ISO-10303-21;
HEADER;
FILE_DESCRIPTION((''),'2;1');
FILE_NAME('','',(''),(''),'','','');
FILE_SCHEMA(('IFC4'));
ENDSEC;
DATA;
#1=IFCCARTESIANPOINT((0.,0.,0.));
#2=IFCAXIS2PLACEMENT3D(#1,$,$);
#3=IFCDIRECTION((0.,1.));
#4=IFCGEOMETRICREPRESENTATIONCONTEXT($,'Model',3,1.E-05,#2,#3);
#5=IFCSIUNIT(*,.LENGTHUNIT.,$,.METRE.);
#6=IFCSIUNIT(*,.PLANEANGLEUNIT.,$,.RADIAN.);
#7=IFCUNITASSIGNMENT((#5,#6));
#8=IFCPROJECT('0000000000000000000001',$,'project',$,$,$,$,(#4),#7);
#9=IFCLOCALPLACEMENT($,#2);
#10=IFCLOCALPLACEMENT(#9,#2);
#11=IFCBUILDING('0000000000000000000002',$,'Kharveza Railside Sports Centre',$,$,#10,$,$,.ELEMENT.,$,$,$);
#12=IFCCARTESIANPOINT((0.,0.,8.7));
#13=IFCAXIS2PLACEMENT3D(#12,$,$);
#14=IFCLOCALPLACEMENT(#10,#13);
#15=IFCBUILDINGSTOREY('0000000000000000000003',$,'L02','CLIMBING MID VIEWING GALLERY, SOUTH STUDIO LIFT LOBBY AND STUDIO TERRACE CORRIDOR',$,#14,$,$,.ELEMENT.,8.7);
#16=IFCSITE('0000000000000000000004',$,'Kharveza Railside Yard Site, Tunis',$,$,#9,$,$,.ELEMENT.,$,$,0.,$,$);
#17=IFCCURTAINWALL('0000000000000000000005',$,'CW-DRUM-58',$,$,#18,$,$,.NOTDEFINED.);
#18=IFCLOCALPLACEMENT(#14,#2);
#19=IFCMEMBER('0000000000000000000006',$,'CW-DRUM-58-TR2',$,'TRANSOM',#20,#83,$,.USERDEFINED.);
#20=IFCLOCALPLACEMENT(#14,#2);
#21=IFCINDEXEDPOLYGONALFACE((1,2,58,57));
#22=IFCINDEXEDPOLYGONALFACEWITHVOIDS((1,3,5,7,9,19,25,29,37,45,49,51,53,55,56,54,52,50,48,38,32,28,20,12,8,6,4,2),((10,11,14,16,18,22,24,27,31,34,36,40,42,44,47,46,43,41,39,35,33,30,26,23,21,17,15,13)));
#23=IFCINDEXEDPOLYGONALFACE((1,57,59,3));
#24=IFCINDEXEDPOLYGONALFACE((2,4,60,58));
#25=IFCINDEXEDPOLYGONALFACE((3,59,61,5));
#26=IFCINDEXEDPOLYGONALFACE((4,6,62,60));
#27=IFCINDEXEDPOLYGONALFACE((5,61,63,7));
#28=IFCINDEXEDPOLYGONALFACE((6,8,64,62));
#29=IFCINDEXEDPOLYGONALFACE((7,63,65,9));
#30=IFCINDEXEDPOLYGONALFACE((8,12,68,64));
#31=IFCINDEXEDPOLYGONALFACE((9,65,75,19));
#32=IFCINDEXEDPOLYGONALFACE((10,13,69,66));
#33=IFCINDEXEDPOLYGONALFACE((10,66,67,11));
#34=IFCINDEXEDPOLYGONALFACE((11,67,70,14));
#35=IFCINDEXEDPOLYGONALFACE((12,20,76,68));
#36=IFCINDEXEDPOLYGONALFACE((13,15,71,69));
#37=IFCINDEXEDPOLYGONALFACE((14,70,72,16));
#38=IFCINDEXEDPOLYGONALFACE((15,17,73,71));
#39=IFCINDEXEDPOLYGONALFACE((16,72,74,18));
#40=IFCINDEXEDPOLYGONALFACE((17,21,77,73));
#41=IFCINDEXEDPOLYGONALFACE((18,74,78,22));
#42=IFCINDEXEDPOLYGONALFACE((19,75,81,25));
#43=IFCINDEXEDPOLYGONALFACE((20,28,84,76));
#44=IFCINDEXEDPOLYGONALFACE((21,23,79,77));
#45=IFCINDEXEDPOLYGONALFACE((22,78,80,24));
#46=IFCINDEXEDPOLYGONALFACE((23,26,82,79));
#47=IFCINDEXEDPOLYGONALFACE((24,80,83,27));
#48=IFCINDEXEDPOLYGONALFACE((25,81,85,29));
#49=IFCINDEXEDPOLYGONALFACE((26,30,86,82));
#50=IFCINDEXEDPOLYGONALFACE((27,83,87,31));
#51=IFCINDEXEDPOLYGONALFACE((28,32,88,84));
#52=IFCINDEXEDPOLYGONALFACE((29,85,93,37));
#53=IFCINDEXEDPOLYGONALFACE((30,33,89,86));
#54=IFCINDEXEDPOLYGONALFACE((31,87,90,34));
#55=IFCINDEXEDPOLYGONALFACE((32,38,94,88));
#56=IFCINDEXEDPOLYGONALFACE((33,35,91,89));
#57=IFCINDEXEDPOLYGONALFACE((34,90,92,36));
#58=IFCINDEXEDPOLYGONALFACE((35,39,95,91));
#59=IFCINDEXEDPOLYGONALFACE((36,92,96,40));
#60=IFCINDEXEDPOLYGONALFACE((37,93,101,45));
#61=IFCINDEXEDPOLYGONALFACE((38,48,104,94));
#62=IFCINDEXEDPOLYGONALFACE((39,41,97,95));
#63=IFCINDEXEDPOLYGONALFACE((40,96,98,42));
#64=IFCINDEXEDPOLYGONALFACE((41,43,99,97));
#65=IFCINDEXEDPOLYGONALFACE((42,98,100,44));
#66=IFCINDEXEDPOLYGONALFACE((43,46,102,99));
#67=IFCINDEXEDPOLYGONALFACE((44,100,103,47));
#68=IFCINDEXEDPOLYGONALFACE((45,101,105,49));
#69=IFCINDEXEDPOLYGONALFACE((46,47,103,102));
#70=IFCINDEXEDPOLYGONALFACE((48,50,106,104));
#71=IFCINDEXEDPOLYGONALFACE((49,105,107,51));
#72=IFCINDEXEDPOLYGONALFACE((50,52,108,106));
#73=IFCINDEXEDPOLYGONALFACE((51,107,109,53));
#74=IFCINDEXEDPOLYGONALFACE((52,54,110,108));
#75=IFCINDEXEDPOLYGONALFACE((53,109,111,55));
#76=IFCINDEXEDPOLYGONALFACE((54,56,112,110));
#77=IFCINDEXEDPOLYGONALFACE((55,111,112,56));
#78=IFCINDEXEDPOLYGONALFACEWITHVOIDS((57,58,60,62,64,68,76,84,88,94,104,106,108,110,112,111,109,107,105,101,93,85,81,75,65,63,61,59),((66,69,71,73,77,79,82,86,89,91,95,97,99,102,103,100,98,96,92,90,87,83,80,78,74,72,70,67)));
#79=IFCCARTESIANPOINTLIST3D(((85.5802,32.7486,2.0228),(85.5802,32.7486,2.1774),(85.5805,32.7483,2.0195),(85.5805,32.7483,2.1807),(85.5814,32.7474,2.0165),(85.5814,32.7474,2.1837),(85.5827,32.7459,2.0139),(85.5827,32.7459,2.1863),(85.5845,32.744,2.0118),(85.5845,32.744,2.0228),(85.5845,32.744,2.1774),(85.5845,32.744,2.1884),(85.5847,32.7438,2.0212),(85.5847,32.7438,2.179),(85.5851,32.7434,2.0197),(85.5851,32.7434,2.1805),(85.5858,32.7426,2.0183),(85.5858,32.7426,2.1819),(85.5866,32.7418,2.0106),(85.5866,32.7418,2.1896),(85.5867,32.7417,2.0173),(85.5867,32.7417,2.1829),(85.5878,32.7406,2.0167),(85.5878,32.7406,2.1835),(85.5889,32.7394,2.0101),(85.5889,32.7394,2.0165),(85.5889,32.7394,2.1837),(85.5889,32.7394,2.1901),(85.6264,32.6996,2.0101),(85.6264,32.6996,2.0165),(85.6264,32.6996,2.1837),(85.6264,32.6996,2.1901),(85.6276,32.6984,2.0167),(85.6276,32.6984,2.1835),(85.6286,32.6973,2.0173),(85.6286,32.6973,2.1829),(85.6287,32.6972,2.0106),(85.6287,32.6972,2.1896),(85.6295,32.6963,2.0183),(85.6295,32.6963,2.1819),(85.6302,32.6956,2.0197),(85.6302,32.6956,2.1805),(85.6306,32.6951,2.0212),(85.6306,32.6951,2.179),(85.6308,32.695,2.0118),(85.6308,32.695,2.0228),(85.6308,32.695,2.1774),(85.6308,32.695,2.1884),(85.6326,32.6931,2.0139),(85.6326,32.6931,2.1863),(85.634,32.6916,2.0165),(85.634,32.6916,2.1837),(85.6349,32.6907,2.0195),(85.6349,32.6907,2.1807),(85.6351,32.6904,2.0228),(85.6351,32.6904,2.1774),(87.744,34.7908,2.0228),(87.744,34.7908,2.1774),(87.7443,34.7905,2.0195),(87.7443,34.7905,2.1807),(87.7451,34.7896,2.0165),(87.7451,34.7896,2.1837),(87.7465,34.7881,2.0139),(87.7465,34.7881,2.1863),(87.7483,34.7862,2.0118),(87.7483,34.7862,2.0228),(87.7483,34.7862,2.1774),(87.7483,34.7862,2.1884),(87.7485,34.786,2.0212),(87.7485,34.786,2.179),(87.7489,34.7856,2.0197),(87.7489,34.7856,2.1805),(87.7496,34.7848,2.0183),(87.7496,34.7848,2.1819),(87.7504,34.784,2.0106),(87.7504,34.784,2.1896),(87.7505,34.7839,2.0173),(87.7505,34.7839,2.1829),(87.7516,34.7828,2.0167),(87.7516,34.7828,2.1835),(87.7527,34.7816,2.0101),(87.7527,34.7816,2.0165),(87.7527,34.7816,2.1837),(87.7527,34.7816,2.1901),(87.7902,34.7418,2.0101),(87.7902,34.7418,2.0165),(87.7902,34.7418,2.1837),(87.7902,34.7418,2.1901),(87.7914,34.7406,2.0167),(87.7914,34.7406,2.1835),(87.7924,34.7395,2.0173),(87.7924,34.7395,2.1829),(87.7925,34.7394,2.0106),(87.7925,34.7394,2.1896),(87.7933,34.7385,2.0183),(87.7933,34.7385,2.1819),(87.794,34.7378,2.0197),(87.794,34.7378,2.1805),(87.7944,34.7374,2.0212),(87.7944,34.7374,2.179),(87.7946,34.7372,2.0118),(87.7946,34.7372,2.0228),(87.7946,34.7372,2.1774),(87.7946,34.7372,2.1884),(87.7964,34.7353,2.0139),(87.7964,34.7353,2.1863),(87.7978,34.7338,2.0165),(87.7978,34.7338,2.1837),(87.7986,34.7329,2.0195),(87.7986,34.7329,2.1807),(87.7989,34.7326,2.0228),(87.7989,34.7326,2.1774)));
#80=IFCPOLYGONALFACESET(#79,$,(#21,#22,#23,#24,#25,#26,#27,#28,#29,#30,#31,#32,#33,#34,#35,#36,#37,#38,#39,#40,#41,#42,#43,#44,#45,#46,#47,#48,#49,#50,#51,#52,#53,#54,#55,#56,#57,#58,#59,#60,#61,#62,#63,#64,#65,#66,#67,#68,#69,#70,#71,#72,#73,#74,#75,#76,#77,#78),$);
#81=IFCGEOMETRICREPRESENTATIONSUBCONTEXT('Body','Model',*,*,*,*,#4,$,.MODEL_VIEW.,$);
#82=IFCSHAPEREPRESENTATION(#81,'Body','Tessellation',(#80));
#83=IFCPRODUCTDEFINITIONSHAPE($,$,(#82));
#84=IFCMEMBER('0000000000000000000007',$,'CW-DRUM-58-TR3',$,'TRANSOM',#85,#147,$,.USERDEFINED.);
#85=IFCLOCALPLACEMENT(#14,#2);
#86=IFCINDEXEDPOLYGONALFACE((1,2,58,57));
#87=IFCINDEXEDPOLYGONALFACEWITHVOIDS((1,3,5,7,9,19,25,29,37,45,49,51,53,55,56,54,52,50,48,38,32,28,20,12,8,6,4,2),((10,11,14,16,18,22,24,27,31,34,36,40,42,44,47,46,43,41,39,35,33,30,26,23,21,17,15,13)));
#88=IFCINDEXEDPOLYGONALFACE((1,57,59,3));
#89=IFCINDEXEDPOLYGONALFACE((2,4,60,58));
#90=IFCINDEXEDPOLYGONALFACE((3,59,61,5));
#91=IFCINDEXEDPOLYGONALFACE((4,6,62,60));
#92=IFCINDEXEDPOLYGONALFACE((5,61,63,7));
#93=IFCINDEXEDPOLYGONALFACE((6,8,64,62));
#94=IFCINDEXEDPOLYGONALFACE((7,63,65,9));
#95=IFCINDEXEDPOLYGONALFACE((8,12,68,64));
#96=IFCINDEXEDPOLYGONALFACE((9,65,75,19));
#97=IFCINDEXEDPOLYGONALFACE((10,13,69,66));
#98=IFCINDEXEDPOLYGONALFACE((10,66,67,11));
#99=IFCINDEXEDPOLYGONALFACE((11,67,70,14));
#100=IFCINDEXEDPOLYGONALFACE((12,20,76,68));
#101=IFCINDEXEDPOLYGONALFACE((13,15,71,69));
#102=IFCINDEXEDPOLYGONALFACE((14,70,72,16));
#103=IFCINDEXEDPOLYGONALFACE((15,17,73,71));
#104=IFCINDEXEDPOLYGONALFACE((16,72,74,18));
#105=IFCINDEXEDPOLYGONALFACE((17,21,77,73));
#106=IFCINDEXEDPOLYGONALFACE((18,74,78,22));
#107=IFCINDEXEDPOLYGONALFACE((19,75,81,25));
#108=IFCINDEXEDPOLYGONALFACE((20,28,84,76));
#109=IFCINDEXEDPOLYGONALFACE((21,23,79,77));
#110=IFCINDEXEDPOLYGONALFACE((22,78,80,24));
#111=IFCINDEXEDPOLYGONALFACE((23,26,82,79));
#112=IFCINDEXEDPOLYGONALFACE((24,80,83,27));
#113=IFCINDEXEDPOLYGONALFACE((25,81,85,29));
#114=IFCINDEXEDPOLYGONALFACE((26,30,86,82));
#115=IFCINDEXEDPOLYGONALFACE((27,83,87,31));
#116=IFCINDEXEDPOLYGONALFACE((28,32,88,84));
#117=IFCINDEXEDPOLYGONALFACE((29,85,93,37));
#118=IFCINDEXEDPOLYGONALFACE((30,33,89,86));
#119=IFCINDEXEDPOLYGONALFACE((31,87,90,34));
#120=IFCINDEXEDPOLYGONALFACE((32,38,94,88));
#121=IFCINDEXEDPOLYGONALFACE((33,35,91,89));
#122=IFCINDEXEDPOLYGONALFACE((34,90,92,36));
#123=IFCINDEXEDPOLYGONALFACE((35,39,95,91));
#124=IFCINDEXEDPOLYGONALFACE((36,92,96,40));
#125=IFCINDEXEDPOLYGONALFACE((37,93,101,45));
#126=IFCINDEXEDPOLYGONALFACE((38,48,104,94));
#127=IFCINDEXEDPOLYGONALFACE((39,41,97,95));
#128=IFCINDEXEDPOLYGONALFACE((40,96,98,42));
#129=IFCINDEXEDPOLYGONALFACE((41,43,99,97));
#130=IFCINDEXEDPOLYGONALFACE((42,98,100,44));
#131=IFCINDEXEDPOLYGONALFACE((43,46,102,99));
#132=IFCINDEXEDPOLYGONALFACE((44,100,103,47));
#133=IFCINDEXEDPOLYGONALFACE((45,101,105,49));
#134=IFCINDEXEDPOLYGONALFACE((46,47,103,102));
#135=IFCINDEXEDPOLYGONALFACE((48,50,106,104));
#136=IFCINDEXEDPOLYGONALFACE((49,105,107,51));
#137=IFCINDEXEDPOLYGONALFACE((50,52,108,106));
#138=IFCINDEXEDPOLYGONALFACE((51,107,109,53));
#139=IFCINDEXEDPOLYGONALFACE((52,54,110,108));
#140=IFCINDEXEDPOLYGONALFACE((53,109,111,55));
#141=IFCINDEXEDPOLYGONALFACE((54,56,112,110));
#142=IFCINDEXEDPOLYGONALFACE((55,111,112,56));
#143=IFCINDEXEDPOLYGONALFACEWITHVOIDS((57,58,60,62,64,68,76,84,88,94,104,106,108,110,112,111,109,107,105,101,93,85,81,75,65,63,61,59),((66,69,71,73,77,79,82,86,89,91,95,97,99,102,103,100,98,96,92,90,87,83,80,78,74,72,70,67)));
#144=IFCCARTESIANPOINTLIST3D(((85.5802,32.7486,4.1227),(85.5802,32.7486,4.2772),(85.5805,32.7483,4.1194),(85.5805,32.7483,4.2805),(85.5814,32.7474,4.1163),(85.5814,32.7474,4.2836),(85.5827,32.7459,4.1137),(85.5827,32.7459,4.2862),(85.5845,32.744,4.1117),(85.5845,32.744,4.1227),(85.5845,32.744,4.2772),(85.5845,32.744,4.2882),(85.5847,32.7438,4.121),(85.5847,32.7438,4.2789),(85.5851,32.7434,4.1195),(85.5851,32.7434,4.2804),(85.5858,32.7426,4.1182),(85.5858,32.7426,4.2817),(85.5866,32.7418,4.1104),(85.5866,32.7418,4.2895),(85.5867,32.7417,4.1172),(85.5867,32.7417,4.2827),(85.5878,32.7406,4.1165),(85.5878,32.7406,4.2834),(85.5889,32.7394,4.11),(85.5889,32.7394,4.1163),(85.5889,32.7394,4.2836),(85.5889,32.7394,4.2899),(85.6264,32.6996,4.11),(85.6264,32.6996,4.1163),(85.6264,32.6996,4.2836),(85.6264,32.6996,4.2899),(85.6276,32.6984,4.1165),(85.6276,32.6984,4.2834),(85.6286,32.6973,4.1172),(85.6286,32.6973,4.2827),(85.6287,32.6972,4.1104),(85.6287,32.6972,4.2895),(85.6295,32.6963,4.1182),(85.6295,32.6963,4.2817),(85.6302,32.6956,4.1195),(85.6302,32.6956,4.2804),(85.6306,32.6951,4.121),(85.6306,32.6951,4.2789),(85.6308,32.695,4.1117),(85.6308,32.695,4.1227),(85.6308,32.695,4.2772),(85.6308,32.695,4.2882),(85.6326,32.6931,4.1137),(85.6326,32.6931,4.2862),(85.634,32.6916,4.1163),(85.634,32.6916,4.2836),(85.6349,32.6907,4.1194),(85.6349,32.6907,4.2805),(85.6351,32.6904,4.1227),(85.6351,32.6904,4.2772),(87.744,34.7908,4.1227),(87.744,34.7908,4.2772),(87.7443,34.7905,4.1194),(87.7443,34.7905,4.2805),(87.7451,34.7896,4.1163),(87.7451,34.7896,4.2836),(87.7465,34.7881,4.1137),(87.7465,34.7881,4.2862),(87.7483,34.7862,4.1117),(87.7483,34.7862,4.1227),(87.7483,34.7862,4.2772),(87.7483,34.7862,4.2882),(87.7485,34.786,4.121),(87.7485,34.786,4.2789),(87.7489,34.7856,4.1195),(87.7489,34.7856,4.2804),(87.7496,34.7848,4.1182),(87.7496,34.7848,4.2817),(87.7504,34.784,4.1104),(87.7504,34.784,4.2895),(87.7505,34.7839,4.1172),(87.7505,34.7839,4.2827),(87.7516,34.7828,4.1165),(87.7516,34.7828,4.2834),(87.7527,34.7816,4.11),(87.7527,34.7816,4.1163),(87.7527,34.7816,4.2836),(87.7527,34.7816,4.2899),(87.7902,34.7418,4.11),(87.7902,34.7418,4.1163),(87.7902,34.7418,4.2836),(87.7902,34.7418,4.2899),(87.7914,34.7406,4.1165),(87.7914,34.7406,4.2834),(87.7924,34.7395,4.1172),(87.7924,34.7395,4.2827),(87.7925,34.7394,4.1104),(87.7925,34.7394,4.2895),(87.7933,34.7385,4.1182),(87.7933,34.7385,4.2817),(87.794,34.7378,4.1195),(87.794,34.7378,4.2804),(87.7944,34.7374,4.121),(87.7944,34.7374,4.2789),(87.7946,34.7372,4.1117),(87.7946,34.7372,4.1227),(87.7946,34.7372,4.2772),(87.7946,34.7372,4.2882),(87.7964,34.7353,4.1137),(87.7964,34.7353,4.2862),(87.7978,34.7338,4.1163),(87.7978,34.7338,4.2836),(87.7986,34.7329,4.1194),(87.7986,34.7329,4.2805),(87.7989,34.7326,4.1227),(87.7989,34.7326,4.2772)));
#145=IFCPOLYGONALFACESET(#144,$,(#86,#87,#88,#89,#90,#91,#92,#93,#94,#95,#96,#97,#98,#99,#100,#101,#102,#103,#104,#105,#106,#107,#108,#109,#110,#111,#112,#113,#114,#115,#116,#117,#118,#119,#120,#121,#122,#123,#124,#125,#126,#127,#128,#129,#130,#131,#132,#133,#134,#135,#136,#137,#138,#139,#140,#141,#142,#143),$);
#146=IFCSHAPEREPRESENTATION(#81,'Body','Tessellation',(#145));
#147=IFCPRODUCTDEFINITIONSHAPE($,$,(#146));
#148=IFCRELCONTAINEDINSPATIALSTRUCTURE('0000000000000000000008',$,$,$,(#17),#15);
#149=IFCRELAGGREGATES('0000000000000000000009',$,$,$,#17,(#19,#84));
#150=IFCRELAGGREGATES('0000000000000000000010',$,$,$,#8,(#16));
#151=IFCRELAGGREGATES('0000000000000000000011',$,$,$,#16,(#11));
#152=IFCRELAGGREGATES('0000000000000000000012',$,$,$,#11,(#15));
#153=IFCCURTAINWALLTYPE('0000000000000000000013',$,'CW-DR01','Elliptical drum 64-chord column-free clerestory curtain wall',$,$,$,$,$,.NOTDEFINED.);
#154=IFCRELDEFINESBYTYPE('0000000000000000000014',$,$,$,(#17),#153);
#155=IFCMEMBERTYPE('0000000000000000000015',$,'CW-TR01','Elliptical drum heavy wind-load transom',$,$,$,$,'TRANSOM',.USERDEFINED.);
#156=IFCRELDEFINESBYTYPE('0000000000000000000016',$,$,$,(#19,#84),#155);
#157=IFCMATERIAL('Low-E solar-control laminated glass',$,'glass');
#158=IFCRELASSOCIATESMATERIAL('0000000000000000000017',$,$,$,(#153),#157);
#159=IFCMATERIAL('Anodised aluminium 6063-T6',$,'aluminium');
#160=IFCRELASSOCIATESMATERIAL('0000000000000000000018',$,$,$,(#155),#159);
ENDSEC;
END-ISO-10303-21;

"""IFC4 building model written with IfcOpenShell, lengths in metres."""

from ifc_helpers import new_model, si_unit, direction, frame, origin, origin_2d, place, context, subcontext, project, spatial, hollow_rectangle, extrude, material, material_profile, profile_set, type_object, element, aggregate, save


model = new_model("IFC4")

# Units and contexts
model_context = context("Model", 3, precision=1e-05, world=origin(), true_north=direction((0.0, 1.0)))
body_context = subcontext(model_context, "Body", "Model", "MODEL_VIEW")
ifc_project = project(units=[si_unit("LENGTHUNIT", "METRE"), si_unit("PLANEANGLEUNIT", "RADIAN")], contexts=[model_context])

# Site, building, storey
site_placement = place(None, origin())
site = spatial("IfcSite", under=ifc_project, at=site_placement, Name="Kharveza Railside Yard Site, Tunis", CompositionType="ELEMENT", RefElevation=0.0)
building_placement = place(site_placement, origin())
building = spatial("IfcBuilding", under=site, at=building_placement, Name="Kharveza Railside Sports Centre", CompositionType="ELEMENT")
storey_placement = place(building_placement, frame((0.0, 0.0, 8.7)))
storey = spatial("IfcBuildingStorey", under=building, at=storey_placement, Name="L02", Description="CLIMBING MID VIEWING GALLERY, SOUTH STUDIO LIFT LOBBY AND STUDIO TERRACE CORRIDOR", CompositionType="ELEMENT", Elevation=8.7)

# Curtain wall
ifc_material_1 = material(Name="Low-E solar-control laminated glass", Category="glass")
curtain_wall_type = type_object("IfcCurtainWallType", Name="CW-DR01", Description="Elliptical drum 64-chord column-free clerestory curtain wall", PredefinedType="NOTDEFINED", material=ifc_material_1)
ifc_material_2 = material(Name="Anodised aluminium 6063-T6", Category="aluminium")
curtain_wall_1_placement = place(storey_placement, origin())
curtain_wall_1 = element("IfcCurtainWall", 1, at=curtain_wall_1_placement, inside=storey, type_object=curtain_wall_type, Name="CW-DRUM-58", PredefinedType="NOTDEFINED")

# Members
ifc_material_profile_1 = material_profile(ifc_material_2, hollow_rectangle(XDim=0.0801, YDim=0.1799, WallThickness=0.0063, InnerFilletRadius=0.0063, OuterFilletRadius=0.0127, at=origin_2d()), Name="RHS 80x180x6.3")
ifc_profile_set_1 = profile_set([ifc_material_profile_1], Name="Anodised aluminium 6063-T6")
member_type_1 = type_object("IfcMemberType", Name="CW-TR01", Description="Elliptical drum heavy wind-load transom", ElementType="TRANSOM", PredefinedType="USERDEFINED", material=ifc_profile_set_1)
member_1_placement = place(storey_placement, frame((85.6077, 32.7195, 2.1001), z_axis=(0.727243, 0.68638, 0.0), x_axis=(-0.68638, 0.727243, 0.0)))
member_1 = element("IfcMember", 2, at=member_1_placement, type_object=member_type_1, Name="CW-DRUM-58-TR2", ObjectType="TRANSOM", PredefinedType="USERDEFINED", context=body_context, shape_type="SweptSolid", body=[
    extrude(hollow_rectangle(XDim=0.0801, YDim=0.1799, WallThickness=0.0063, InnerFilletRadius=0.0063, OuterFilletRadius=0.0127, at=origin_2d()), origin(), (0.0, 0.0, 1.0), 2.9753),
])
member_2_placement = place(storey_placement, frame((85.6077, 32.7195, 4.2), z_axis=(0.727243, 0.68638, 0.0), x_axis=(-0.68638, 0.727243, 0.0)))
member_2 = element("IfcMember", 3, at=member_2_placement, type_object=member_type_1, Name="CW-DRUM-58-TR3", ObjectType="TRANSOM", PredefinedType="USERDEFINED", context=body_context, shape_type="SweptSolid", body=[
    extrude(hollow_rectangle(XDim=0.0801, YDim=0.1799, WallThickness=0.0063, InnerFilletRadius=0.0063, OuterFilletRadius=0.0127, at=origin_2d()), origin(), (0.0, 0.0, 1.0), 2.9753),
])

aggregate(curtain_wall_1, [member_1, member_2])

save(model, "model.ifc")
